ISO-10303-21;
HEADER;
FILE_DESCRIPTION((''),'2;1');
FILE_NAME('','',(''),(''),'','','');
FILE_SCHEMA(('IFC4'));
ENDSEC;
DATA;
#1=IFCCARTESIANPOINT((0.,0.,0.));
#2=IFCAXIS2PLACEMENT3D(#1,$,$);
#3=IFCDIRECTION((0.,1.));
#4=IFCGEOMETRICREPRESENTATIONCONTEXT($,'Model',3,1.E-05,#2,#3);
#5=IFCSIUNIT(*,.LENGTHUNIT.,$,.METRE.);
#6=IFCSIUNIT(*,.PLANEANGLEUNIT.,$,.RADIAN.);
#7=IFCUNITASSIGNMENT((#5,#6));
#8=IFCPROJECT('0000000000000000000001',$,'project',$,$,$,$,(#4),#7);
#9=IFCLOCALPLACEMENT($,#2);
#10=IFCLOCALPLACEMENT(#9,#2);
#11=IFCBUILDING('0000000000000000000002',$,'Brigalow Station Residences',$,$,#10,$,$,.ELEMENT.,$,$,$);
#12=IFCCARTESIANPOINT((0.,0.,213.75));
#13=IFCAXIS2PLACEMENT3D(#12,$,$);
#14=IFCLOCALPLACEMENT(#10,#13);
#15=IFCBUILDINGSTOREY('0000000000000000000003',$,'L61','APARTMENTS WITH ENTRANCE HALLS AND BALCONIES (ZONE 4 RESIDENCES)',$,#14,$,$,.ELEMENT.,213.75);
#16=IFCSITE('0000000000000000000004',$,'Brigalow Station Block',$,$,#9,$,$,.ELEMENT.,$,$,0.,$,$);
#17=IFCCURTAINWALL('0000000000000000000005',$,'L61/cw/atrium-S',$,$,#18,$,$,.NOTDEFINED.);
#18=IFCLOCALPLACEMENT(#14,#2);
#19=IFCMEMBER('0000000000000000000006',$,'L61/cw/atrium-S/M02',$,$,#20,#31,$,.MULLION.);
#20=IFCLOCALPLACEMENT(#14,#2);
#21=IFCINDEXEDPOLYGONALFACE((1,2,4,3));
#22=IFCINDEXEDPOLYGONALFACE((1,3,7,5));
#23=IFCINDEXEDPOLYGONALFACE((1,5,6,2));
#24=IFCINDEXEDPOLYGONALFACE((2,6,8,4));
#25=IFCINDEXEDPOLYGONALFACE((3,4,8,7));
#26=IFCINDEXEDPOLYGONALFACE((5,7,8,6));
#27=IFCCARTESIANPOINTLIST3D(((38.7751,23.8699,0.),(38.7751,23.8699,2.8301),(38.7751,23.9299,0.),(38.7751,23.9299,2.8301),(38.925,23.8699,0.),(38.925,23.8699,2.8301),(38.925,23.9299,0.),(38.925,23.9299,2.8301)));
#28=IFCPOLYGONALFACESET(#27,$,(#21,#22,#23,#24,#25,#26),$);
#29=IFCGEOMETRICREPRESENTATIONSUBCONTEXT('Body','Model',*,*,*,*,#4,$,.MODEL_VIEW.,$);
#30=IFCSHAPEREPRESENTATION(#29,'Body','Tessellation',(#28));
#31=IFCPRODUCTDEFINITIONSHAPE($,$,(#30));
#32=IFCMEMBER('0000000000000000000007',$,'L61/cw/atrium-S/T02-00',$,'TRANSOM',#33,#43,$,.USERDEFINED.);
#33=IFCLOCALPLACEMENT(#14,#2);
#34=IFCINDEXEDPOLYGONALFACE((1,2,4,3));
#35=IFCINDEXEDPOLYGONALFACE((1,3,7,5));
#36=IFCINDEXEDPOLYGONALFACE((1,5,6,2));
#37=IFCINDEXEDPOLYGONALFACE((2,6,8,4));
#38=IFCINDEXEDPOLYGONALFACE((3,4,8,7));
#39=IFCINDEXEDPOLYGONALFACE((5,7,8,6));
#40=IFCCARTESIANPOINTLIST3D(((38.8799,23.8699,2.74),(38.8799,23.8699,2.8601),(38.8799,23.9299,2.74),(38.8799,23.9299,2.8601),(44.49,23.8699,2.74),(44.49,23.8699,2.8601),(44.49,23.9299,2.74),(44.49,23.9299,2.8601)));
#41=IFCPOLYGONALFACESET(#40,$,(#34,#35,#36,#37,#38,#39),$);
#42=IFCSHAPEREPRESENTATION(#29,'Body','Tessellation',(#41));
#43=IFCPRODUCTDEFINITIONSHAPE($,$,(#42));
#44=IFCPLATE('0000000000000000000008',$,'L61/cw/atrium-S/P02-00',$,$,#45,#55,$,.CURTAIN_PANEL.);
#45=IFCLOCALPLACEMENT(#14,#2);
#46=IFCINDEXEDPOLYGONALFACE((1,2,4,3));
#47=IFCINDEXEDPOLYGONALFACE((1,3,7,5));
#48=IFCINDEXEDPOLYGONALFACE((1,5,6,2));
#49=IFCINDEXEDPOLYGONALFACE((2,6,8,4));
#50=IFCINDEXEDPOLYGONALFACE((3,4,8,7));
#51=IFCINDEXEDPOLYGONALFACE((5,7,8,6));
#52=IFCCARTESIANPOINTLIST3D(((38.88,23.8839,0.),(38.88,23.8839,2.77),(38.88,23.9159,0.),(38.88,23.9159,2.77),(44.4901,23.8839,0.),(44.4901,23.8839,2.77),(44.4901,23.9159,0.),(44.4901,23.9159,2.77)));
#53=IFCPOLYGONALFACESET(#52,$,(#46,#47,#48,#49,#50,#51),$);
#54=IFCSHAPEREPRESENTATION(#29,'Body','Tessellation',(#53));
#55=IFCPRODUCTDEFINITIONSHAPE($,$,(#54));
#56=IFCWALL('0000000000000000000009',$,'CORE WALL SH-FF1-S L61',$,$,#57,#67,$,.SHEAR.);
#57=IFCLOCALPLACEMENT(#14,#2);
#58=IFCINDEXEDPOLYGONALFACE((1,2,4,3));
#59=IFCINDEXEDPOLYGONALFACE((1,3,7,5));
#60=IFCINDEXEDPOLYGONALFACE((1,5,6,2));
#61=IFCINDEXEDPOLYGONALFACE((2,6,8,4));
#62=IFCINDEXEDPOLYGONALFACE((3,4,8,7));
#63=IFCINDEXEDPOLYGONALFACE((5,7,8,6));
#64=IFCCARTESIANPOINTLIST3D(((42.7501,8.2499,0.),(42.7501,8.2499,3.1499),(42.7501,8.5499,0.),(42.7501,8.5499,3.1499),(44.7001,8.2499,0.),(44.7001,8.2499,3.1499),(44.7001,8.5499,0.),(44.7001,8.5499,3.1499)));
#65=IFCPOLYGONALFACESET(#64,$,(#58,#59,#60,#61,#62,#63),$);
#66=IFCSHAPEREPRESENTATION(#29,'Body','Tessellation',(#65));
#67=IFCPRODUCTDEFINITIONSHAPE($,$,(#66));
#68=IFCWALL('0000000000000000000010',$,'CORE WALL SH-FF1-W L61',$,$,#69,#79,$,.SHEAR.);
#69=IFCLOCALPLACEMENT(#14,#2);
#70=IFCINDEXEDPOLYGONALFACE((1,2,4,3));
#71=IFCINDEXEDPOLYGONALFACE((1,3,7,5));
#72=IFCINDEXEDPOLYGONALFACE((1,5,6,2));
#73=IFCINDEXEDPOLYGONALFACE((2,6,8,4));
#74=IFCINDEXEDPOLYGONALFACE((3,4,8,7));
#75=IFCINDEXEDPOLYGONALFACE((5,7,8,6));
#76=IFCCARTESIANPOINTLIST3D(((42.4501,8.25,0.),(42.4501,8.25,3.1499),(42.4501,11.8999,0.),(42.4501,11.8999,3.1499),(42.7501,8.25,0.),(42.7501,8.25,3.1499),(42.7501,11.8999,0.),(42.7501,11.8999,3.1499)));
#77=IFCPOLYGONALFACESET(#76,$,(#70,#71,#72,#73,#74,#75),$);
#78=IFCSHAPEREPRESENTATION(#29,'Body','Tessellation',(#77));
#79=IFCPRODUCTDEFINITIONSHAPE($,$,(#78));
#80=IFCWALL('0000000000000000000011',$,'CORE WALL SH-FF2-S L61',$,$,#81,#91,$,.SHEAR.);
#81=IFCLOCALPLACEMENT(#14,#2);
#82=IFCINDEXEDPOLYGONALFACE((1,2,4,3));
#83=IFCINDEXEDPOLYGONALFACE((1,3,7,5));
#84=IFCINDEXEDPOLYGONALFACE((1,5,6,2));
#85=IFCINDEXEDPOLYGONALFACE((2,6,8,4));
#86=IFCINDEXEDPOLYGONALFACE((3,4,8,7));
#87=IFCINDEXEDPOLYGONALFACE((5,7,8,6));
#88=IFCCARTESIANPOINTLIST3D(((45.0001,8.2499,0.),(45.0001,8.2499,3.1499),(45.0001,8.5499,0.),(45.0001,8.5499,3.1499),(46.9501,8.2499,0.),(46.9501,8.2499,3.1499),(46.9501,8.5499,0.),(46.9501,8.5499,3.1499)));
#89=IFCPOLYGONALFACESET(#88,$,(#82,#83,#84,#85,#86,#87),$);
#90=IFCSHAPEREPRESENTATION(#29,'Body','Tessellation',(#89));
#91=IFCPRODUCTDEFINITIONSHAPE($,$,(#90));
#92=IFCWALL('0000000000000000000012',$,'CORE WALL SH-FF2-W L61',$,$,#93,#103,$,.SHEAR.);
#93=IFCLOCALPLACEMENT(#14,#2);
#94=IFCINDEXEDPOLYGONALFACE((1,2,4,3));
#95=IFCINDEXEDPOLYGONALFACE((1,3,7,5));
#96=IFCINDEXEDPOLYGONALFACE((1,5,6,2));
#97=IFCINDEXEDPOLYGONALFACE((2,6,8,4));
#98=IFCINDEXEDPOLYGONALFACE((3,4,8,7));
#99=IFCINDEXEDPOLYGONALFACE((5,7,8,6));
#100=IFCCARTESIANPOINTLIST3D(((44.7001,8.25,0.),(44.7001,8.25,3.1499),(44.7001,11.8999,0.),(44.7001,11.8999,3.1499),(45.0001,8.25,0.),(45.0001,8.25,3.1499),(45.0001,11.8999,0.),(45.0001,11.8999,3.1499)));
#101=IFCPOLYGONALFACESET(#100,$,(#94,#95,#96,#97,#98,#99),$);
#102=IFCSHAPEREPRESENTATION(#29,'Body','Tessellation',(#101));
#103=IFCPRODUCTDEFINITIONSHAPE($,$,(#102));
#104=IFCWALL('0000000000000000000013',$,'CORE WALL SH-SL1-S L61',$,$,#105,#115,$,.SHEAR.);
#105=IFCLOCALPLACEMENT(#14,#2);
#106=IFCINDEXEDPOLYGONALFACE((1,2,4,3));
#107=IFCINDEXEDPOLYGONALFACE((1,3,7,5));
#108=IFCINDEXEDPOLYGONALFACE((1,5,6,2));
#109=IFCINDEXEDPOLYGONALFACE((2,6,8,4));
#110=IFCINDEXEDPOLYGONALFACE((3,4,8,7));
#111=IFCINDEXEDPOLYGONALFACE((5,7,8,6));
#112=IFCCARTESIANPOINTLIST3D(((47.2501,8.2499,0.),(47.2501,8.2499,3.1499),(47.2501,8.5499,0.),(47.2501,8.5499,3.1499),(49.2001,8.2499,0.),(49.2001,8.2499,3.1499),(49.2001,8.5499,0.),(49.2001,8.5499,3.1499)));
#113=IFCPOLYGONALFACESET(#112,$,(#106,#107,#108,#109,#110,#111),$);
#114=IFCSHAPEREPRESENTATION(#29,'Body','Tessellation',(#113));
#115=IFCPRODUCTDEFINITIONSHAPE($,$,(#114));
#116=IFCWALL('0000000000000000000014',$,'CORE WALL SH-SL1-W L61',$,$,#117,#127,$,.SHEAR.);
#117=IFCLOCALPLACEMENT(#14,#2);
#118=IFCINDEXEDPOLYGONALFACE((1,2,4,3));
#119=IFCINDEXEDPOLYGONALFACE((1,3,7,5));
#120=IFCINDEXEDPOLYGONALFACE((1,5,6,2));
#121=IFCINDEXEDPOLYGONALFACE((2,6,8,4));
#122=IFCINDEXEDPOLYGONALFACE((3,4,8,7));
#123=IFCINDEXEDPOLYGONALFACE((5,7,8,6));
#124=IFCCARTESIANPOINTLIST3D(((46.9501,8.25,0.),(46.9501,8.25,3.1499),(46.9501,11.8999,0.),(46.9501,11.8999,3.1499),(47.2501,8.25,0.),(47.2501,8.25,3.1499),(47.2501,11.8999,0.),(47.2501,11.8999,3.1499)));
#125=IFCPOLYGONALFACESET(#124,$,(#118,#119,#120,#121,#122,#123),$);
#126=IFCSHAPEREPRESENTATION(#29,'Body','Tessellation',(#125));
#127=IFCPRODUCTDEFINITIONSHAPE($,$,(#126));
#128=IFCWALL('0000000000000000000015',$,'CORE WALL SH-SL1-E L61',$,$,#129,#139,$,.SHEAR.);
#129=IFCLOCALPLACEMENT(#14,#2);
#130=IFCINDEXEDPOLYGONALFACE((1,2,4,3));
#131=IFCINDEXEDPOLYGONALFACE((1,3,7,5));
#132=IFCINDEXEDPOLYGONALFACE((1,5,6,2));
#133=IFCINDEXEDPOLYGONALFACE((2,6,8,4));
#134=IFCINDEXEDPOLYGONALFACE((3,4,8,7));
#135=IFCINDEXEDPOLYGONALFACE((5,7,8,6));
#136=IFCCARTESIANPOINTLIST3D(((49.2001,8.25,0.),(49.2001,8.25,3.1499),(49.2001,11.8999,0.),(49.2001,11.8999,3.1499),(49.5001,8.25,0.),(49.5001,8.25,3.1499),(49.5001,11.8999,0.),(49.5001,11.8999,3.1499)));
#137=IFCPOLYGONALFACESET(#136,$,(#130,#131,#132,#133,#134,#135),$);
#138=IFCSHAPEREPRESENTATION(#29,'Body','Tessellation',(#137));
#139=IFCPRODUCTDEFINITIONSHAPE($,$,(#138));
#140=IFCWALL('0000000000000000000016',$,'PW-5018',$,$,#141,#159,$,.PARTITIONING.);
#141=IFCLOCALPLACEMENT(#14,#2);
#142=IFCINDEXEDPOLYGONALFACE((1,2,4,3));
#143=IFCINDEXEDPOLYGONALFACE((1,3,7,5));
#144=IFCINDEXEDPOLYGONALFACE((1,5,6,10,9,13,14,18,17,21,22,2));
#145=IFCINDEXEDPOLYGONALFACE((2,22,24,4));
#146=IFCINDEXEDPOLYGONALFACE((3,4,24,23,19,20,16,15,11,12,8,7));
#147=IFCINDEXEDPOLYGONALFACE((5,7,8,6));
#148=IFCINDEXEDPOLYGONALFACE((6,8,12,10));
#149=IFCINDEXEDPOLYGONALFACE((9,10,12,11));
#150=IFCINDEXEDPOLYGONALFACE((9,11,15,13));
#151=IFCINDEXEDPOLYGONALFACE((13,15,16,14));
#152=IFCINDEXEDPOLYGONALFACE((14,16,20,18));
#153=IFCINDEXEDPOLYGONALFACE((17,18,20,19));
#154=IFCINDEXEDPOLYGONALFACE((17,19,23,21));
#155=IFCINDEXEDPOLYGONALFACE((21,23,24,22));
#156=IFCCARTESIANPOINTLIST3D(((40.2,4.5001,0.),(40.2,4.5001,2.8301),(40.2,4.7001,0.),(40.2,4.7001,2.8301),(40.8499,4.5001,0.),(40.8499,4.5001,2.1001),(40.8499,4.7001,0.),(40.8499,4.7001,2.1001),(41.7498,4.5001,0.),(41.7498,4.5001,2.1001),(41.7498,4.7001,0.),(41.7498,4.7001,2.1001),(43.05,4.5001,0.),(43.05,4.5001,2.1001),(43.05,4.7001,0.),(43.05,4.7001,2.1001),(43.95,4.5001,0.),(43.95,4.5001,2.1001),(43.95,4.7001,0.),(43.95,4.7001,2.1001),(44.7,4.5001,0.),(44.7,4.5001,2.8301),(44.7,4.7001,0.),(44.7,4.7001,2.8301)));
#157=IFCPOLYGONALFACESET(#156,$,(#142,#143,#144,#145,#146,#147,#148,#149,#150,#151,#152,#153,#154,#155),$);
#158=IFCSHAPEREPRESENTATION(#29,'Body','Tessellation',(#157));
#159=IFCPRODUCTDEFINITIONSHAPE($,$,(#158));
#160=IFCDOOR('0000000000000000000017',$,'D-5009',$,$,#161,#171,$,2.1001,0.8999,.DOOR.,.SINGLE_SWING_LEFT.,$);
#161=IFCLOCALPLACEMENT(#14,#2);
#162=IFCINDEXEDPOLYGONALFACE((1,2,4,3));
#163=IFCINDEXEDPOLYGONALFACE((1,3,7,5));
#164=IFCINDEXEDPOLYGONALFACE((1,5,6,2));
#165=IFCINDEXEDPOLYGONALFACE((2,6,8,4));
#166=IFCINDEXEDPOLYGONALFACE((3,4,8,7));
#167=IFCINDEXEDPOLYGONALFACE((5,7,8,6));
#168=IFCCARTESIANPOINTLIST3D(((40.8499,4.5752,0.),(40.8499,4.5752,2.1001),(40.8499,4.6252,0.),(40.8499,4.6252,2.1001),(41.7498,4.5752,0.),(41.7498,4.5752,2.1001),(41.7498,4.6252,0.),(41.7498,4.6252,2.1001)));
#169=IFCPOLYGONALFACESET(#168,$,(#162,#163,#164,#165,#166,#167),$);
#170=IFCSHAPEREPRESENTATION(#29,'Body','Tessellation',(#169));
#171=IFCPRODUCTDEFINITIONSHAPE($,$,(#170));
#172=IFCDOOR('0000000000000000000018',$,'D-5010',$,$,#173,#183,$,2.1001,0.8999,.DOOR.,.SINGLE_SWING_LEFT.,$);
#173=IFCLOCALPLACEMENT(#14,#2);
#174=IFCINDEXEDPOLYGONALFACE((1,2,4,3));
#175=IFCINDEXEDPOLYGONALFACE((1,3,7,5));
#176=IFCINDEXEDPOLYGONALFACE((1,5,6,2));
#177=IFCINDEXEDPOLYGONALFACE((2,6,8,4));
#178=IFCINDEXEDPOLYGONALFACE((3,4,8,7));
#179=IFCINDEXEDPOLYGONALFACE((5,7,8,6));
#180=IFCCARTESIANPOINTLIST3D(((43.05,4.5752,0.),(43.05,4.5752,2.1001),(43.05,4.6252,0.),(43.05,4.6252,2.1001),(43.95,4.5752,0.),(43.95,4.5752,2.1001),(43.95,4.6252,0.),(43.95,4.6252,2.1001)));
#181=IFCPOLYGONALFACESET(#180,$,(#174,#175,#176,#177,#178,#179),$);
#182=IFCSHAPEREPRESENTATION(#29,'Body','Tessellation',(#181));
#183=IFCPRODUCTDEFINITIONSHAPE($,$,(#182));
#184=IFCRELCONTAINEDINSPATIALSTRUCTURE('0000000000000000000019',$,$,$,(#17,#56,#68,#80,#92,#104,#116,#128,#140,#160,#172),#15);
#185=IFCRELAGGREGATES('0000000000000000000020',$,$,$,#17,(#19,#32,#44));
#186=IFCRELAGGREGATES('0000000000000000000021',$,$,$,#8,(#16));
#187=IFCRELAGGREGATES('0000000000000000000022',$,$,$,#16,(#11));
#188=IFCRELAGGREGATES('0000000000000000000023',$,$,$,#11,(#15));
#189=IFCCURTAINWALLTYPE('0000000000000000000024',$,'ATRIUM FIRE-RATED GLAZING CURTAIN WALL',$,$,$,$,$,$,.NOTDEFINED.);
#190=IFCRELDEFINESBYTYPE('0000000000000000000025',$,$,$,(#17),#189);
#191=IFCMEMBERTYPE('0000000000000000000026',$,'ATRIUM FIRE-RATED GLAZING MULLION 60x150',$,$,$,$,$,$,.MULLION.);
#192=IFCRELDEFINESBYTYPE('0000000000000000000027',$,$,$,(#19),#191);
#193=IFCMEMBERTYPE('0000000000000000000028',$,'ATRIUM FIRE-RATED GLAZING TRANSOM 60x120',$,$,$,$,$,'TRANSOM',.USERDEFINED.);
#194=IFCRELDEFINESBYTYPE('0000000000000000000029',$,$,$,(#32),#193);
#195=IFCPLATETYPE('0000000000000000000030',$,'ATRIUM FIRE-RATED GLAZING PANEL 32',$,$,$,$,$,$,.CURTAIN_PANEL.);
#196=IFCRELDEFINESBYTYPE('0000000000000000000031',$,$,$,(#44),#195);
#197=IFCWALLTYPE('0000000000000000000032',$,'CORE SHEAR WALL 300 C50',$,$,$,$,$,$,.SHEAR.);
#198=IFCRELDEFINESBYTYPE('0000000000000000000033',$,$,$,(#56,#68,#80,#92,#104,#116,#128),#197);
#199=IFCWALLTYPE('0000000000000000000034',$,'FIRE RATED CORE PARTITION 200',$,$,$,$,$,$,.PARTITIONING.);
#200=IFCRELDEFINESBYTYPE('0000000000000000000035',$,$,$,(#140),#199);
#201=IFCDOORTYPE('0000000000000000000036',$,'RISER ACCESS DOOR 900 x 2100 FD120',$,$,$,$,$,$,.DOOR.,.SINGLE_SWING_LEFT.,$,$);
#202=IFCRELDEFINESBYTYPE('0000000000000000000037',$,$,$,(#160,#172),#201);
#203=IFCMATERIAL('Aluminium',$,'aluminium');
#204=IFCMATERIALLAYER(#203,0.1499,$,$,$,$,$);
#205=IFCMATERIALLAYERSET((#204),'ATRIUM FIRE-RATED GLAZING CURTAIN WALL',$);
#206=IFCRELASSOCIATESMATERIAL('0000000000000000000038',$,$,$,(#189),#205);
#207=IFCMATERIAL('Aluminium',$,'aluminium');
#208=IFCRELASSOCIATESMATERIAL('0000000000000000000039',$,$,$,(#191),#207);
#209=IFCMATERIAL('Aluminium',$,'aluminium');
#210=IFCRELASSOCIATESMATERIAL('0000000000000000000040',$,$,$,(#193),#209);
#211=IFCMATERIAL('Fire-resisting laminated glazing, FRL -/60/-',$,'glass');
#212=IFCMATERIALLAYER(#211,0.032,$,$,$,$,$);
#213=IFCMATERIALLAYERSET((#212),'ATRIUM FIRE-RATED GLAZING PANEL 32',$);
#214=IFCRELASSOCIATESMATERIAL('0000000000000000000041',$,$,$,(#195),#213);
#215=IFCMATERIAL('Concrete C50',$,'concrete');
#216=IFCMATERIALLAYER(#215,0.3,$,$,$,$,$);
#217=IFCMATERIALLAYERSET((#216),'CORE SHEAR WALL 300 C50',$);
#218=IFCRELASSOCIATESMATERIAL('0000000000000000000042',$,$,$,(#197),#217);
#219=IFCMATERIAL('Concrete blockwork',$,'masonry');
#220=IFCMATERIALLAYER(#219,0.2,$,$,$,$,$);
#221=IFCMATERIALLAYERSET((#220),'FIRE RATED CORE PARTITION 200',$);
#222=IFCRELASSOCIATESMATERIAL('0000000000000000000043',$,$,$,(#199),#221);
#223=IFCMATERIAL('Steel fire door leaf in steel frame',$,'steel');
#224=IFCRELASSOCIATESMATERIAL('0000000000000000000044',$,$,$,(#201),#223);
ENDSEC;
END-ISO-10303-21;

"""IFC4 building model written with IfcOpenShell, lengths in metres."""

from ifc_helpers import new_model, si_unit, direction, frame, frame_2d, origin, origin_2d, place, context, subcontext, project, spatial, rectangle, extrude, material, layer, layer_set, material_profile, profile_set, type_object, element, fill, aggregate, save


model = new_model("IFC4")

# Units and contexts
model_context = context("Model", 3, precision=1e-05, world=origin(), true_north=direction((0.0, 1.0)))
body_context = subcontext(model_context, "Body", "Model", "MODEL_VIEW")
ifc_project = project(units=[si_unit("LENGTHUNIT", "METRE"), si_unit("PLANEANGLEUNIT", "RADIAN")], contexts=[model_context])

# Site, building, storey
site_placement = place(None, origin())
site = spatial("IfcSite", under=ifc_project, at=site_placement, Name="Brigalow Station Block", CompositionType="ELEMENT", RefElevation=0.0)
building_placement = place(site_placement, origin())
building = spatial("IfcBuilding", under=site, at=building_placement, Name="Brigalow Station Residences", CompositionType="ELEMENT")
storey_placement = place(building_placement, frame((0.0, 0.0, 213.75)))
storey = spatial("IfcBuildingStorey", under=building, at=storey_placement, Name="L61", Description="APARTMENTS WITH ENTRANCE HALLS AND BALCONIES (ZONE 4 RESIDENCES)", CompositionType="ELEMENT", Elevation=213.75)

# Curtain wall, members, plate
ifc_material_1 = material(Name="Aluminium", Category="aluminium")
ifc_layer_1 = layer(ifc_material_1, 0.1499)
ifc_layer_set_1 = layer_set([ifc_layer_1], Name="ATRIUM FIRE-RATED GLAZING CURTAIN WALL")
curtain_wall_type = type_object("IfcCurtainWallType", Name="ATRIUM FIRE-RATED GLAZING CURTAIN WALL", PredefinedType="NOTDEFINED", material=ifc_layer_set_1)
curtain_wall_placement = place(storey_placement, origin())
curtain_wall = element("IfcCurtainWall", 1, at=curtain_wall_placement, inside=storey, type_object=curtain_wall_type, Name="L61/cw/atrium-S", PredefinedType="NOTDEFINED")
ifc_material_2 = material(Name="Aluminium", Category="aluminium")
ifc_material_profile_1 = material_profile(ifc_material_2, rectangle(XDim=0.0601, YDim=0.1499, at=origin_2d()), Name="ATRIUM FIRE-RATED GLAZING MULLION 60x150")
ifc_profile_set_1 = profile_set([ifc_material_profile_1], Name="Aluminium")
member_type_1 = type_object("IfcMemberType", Name="ATRIUM FIRE-RATED GLAZING MULLION 60x150", PredefinedType="MULLION", material=ifc_profile_set_1)
member_1_placement = place(storey_placement, frame((38.8501, 23.8999, 0.0), z_axis=(0.0, 0.0, 1.0), x_axis=(0.0, 1.0, 0.0)))
member_1 = element("IfcMember", 2, at=member_1_placement, type_object=member_type_1, Name="L61/cw/atrium-S/M02", PredefinedType="MULLION", context=body_context, shape_type="SweptSolid", body=[
    extrude(rectangle(XDim=0.0601, YDim=0.1499, at=origin_2d()), origin(), (0.0, 0.0, 1.0), 2.8301),
])
ifc_material_3 = material(Name="Aluminium", Category="aluminium")
ifc_material_profile_2 = material_profile(ifc_material_3, rectangle(XDim=0.0601, YDim=0.1201, at=origin_2d()), Name="ATRIUM FIRE-RATED GLAZING TRANSOM 60x120")
ifc_profile_set_2 = profile_set([ifc_material_profile_2], Name="Aluminium")
member_type_2 = type_object("IfcMemberType", Name="ATRIUM FIRE-RATED GLAZING TRANSOM 60x120", ElementType="TRANSOM", PredefinedType="USERDEFINED", material=ifc_profile_set_2)
member_2_placement = place(storey_placement, frame((38.8799, 23.8999, 2.8), z_axis=(1.0, 0.0, 0.0), x_axis=(0.0, 1.0, 0.0)))
member_2 = element("IfcMember", 3, at=member_2_placement, type_object=member_type_2, Name="L61/cw/atrium-S/T02-00", ObjectType="TRANSOM", PredefinedType="USERDEFINED", context=body_context, shape_type="SweptSolid", body=[
    extrude(rectangle(XDim=0.0601, YDim=0.1201, at=origin_2d()), origin(), (0.0, 0.0, 1.0), 5.6101),
])
ifc_material_4 = material(Name="Fire-resisting laminated glazing, FRL -/60/-", Category="glass")
ifc_layer_2 = layer(ifc_material_4, 0.032)
ifc_layer_set_2 = layer_set([ifc_layer_2], Name="ATRIUM FIRE-RATED GLAZING PANEL 32")
plate_type = type_object("IfcPlateType", Name="ATRIUM FIRE-RATED GLAZING PANEL 32", PredefinedType="CURTAIN_PANEL", material=ifc_layer_set_2)
plate_placement = place(storey_placement, frame((41.6851, 23.8999, 0.0), z_axis=(0.0, 0.0, 1.0), x_axis=(1.0, 0.0, 0.0)))
plate = element("IfcPlate", 4, at=plate_placement, type_object=plate_type, Name="L61/cw/atrium-S/P02-00", PredefinedType="CURTAIN_PANEL", context=body_context, shape_type="SweptSolid", body=[
    extrude(rectangle(XDim=5.6101, YDim=0.032, at=origin_2d()), origin(), (0.0, 0.0, 1.0), 2.77),
])
aggregate(curtain_wall, [member_1, member_2, plate])

# Walls
ifc_material_5 = material(Name="Concrete C50", Category="concrete")
ifc_layer_3 = layer(ifc_material_5, 0.3)
ifc_layer_set_3 = layer_set([ifc_layer_3], Name="CORE SHEAR WALL 300 C50")
wall_type_1 = type_object("IfcWallType", Name="CORE SHEAR WALL 300 C50", PredefinedType="SHEAR", material=ifc_layer_set_3)
wall_1_placement = place(storey_placement, frame((42.75, 8.3999, 0.0), z_axis=(0.0, 0.0, 1.0), x_axis=(1.0, 0.0, 0.0)))
element("IfcWall", 5, at=wall_1_placement, inside=storey, type_object=wall_type_1, Name="CORE WALL SH-FF1-S L61", PredefinedType="SHEAR", context=body_context, shape_type="SweptSolid", body=[
    extrude(rectangle(XDim=1.95, YDim=0.3, at=frame_2d((0.9751, 0.0))), origin(), (0.0, 0.0, 1.0), 3.1499),
])
wall_2_placement = place(storey_placement, frame((42.6001, 8.25, 0.0), z_axis=(0.0, 0.0, 1.0), x_axis=(0.0, 1.0, 0.0)))
element("IfcWall", 6, at=wall_2_placement, inside=storey, type_object=wall_type_1, Name="CORE WALL SH-FF1-W L61", PredefinedType="SHEAR", context=body_context, shape_type="SweptSolid", body=[
    extrude(rectangle(XDim=3.6499, YDim=0.3, at=frame_2d((1.825, 0.0))), origin(), (0.0, 0.0, 1.0), 3.1499),
])
wall_3_placement = place(storey_placement, frame((45.0, 8.3999, 0.0), z_axis=(0.0, 0.0, 1.0), x_axis=(1.0, 0.0, 0.0)))
element("IfcWall", 7, at=wall_3_placement, inside=storey, type_object=wall_type_1, Name="CORE WALL SH-FF2-S L61", PredefinedType="SHEAR", context=body_context, shape_type="SweptSolid", body=[
    extrude(rectangle(XDim=1.95, YDim=0.3, at=frame_2d((0.9751, 0.0))), origin(), (0.0, 0.0, 1.0), 3.1499),
])
wall_4_placement = place(storey_placement, frame((44.8501, 8.25, 0.0), z_axis=(0.0, 0.0, 1.0), x_axis=(0.0, 1.0, 0.0)))
element("IfcWall", 8, at=wall_4_placement, inside=storey, type_object=wall_type_1, Name="CORE WALL SH-FF2-W L61", PredefinedType="SHEAR", context=body_context, shape_type="SweptSolid", body=[
    extrude(rectangle(XDim=3.6499, YDim=0.3, at=frame_2d((1.825, 0.0))), origin(), (0.0, 0.0, 1.0), 3.1499),
])
wall_5_placement = place(storey_placement, frame((47.25, 8.3999, 0.0), z_axis=(0.0, 0.0, 1.0), x_axis=(1.0, 0.0, 0.0)))
element("IfcWall", 9, at=wall_5_placement, inside=storey, type_object=wall_type_1, Name="CORE WALL SH-SL1-S L61", PredefinedType="SHEAR", context=body_context, shape_type="SweptSolid", body=[
    extrude(rectangle(XDim=1.95, YDim=0.3, at=frame_2d((0.9751, 0.0))), origin(), (0.0, 0.0, 1.0), 3.1499),
])
for number, where, z_axis, x_axis, name in (
    (10, (47.1001, 8.25, 0.0), (0.0, 0.0, 1.0), (0.0, 1.0, 0.0), "CORE WALL SH-SL1-W L61"),
    (11, (49.3501, 8.25, 0.0), (0.0, 0.0, 1.0), (0.0, 1.0, 0.0), "CORE WALL SH-SL1-E L61"),
):
    element("IfcWall", number, at=place(storey_placement, frame(where, z_axis=z_axis, x_axis=x_axis)), inside=storey, type_object=wall_type_1, Name=name, PredefinedType="SHEAR", context=body_context, shape_type="SweptSolid", body=[
        extrude(rectangle(XDim=3.6499, YDim=0.3, at=frame_2d((1.825, 0.0))), origin(), (0.0, 0.0, 1.0), 3.1499),
    ])

# Wall, openings, doors
ifc_material_6 = material(Name="Concrete blockwork", Category="masonry")
ifc_layer_4 = layer(ifc_material_6, 0.2)
ifc_layer_set_4 = layer_set([ifc_layer_4], Name="FIRE RATED CORE PARTITION 200")
wall_type_2 = type_object("IfcWallType", Name="FIRE RATED CORE PARTITION 200", PredefinedType="PARTITIONING", material=ifc_layer_set_4)
wall_6_placement = place(storey_placement, frame((40.2, 4.6001, 0.0), z_axis=(0.0, 0.0, 1.0), x_axis=(1.0, 0.0, 0.0)))
wall_6 = element("IfcWall", 12, at=wall_6_placement, inside=storey, type_object=wall_type_2, Name="PW-5018", PredefinedType="PARTITIONING", context=body_context, shape_type="SweptSolid", body=[
    extrude(rectangle(XDim=4.5, YDim=0.2, at=frame_2d((2.25, 0.0))), origin(), (0.0, 0.0, 1.0), 2.8301),
])
opening_1_placement = place(wall_6_placement, frame((0.6499, 0.0, 0.0)))
opening_1 = element("IfcOpeningElement", 13, at=opening_1_placement, cuts=wall_6, PredefinedType="OPENING", context=body_context, shape_type="SweptSolid", body=[
    extrude(rectangle(XDim=0.8999, YDim=2.1001, at=frame_2d((0.45, 1.05))), frame((0.0, 0.1099, 0.0), z_axis=(0.0, -1.0, 0.0), x_axis=(1.0, 0.0, 0.0)), (0.0, 0.0, 1.0), 0.22),
])
opening_2_placement = place(wall_6_placement, frame((2.8501, 0.0, 0.0)))
opening_2 = element("IfcOpeningElement", 14, at=opening_2_placement, cuts=wall_6, PredefinedType="OPENING", context=body_context, shape_type="SweptSolid", body=[
    extrude(rectangle(XDim=0.8999, YDim=2.1001, at=frame_2d((0.45, 1.05))), frame((0.0, 0.1099, 0.0), z_axis=(0.0, -1.0, 0.0), x_axis=(1.0, 0.0, 0.0)), (0.0, 0.0, 1.0), 0.22),
])
ifc_material_7 = material(Name="Steel fire door leaf in steel frame", Category="steel")
door_type_1 = type_object("IfcDoorType", Name="RISER ACCESS DOOR 900 x 2100 FD120", OperationType="SINGLE_SWING_LEFT", PredefinedType="DOOR", material=ifc_material_7)
door_1_placement = place(opening_1_placement, frame((0.8999, 0.0, 0.0), z_axis=(0.0, 0.0, 1.0), x_axis=(-1.0, 0.0, 0.0)))
door_1 = element("IfcDoor", 15, at=door_1_placement, inside=storey, type_object=door_type_1, Name="D-5009", OperationType="SINGLE_SWING_LEFT", OverallHeight=2.1001, OverallWidth=0.8999, PredefinedType="DOOR", context=body_context, shape_type="SweptSolid", body=[
    extrude(rectangle(XDim=0.8999, YDim=2.1001, at=frame_2d((0.45, 1.05))), frame((0.0, 0.0249, 0.0), z_axis=(0.0, -1.0, 0.0), x_axis=(1.0, 0.0, 0.0)), (0.0, 0.0, 1.0), 0.05),
])
fill(opening_1, door_1)
door_2_placement = place(opening_2_placement, frame((0.8999, 0.0, 0.0), z_axis=(0.0, 0.0, 1.0), x_axis=(-1.0, 0.0, 0.0)))
door_2 = element("IfcDoor", 16, at=door_2_placement, inside=storey, type_object=door_type_1, Name="D-5010", OperationType="SINGLE_SWING_LEFT", OverallHeight=2.1001, OverallWidth=0.8999, PredefinedType="DOOR", context=body_context, shape_type="SweptSolid", body=[
    extrude(rectangle(XDim=0.8999, YDim=2.1001, at=frame_2d((0.45, 1.05))), frame((0.0, 0.0249, 0.0), z_axis=(0.0, -1.0, 0.0), x_axis=(1.0, 0.0, 0.0)), (0.0, 0.0, 1.0), 0.05),
])
fill(opening_2, door_2)

save(model, "model.ifc")
